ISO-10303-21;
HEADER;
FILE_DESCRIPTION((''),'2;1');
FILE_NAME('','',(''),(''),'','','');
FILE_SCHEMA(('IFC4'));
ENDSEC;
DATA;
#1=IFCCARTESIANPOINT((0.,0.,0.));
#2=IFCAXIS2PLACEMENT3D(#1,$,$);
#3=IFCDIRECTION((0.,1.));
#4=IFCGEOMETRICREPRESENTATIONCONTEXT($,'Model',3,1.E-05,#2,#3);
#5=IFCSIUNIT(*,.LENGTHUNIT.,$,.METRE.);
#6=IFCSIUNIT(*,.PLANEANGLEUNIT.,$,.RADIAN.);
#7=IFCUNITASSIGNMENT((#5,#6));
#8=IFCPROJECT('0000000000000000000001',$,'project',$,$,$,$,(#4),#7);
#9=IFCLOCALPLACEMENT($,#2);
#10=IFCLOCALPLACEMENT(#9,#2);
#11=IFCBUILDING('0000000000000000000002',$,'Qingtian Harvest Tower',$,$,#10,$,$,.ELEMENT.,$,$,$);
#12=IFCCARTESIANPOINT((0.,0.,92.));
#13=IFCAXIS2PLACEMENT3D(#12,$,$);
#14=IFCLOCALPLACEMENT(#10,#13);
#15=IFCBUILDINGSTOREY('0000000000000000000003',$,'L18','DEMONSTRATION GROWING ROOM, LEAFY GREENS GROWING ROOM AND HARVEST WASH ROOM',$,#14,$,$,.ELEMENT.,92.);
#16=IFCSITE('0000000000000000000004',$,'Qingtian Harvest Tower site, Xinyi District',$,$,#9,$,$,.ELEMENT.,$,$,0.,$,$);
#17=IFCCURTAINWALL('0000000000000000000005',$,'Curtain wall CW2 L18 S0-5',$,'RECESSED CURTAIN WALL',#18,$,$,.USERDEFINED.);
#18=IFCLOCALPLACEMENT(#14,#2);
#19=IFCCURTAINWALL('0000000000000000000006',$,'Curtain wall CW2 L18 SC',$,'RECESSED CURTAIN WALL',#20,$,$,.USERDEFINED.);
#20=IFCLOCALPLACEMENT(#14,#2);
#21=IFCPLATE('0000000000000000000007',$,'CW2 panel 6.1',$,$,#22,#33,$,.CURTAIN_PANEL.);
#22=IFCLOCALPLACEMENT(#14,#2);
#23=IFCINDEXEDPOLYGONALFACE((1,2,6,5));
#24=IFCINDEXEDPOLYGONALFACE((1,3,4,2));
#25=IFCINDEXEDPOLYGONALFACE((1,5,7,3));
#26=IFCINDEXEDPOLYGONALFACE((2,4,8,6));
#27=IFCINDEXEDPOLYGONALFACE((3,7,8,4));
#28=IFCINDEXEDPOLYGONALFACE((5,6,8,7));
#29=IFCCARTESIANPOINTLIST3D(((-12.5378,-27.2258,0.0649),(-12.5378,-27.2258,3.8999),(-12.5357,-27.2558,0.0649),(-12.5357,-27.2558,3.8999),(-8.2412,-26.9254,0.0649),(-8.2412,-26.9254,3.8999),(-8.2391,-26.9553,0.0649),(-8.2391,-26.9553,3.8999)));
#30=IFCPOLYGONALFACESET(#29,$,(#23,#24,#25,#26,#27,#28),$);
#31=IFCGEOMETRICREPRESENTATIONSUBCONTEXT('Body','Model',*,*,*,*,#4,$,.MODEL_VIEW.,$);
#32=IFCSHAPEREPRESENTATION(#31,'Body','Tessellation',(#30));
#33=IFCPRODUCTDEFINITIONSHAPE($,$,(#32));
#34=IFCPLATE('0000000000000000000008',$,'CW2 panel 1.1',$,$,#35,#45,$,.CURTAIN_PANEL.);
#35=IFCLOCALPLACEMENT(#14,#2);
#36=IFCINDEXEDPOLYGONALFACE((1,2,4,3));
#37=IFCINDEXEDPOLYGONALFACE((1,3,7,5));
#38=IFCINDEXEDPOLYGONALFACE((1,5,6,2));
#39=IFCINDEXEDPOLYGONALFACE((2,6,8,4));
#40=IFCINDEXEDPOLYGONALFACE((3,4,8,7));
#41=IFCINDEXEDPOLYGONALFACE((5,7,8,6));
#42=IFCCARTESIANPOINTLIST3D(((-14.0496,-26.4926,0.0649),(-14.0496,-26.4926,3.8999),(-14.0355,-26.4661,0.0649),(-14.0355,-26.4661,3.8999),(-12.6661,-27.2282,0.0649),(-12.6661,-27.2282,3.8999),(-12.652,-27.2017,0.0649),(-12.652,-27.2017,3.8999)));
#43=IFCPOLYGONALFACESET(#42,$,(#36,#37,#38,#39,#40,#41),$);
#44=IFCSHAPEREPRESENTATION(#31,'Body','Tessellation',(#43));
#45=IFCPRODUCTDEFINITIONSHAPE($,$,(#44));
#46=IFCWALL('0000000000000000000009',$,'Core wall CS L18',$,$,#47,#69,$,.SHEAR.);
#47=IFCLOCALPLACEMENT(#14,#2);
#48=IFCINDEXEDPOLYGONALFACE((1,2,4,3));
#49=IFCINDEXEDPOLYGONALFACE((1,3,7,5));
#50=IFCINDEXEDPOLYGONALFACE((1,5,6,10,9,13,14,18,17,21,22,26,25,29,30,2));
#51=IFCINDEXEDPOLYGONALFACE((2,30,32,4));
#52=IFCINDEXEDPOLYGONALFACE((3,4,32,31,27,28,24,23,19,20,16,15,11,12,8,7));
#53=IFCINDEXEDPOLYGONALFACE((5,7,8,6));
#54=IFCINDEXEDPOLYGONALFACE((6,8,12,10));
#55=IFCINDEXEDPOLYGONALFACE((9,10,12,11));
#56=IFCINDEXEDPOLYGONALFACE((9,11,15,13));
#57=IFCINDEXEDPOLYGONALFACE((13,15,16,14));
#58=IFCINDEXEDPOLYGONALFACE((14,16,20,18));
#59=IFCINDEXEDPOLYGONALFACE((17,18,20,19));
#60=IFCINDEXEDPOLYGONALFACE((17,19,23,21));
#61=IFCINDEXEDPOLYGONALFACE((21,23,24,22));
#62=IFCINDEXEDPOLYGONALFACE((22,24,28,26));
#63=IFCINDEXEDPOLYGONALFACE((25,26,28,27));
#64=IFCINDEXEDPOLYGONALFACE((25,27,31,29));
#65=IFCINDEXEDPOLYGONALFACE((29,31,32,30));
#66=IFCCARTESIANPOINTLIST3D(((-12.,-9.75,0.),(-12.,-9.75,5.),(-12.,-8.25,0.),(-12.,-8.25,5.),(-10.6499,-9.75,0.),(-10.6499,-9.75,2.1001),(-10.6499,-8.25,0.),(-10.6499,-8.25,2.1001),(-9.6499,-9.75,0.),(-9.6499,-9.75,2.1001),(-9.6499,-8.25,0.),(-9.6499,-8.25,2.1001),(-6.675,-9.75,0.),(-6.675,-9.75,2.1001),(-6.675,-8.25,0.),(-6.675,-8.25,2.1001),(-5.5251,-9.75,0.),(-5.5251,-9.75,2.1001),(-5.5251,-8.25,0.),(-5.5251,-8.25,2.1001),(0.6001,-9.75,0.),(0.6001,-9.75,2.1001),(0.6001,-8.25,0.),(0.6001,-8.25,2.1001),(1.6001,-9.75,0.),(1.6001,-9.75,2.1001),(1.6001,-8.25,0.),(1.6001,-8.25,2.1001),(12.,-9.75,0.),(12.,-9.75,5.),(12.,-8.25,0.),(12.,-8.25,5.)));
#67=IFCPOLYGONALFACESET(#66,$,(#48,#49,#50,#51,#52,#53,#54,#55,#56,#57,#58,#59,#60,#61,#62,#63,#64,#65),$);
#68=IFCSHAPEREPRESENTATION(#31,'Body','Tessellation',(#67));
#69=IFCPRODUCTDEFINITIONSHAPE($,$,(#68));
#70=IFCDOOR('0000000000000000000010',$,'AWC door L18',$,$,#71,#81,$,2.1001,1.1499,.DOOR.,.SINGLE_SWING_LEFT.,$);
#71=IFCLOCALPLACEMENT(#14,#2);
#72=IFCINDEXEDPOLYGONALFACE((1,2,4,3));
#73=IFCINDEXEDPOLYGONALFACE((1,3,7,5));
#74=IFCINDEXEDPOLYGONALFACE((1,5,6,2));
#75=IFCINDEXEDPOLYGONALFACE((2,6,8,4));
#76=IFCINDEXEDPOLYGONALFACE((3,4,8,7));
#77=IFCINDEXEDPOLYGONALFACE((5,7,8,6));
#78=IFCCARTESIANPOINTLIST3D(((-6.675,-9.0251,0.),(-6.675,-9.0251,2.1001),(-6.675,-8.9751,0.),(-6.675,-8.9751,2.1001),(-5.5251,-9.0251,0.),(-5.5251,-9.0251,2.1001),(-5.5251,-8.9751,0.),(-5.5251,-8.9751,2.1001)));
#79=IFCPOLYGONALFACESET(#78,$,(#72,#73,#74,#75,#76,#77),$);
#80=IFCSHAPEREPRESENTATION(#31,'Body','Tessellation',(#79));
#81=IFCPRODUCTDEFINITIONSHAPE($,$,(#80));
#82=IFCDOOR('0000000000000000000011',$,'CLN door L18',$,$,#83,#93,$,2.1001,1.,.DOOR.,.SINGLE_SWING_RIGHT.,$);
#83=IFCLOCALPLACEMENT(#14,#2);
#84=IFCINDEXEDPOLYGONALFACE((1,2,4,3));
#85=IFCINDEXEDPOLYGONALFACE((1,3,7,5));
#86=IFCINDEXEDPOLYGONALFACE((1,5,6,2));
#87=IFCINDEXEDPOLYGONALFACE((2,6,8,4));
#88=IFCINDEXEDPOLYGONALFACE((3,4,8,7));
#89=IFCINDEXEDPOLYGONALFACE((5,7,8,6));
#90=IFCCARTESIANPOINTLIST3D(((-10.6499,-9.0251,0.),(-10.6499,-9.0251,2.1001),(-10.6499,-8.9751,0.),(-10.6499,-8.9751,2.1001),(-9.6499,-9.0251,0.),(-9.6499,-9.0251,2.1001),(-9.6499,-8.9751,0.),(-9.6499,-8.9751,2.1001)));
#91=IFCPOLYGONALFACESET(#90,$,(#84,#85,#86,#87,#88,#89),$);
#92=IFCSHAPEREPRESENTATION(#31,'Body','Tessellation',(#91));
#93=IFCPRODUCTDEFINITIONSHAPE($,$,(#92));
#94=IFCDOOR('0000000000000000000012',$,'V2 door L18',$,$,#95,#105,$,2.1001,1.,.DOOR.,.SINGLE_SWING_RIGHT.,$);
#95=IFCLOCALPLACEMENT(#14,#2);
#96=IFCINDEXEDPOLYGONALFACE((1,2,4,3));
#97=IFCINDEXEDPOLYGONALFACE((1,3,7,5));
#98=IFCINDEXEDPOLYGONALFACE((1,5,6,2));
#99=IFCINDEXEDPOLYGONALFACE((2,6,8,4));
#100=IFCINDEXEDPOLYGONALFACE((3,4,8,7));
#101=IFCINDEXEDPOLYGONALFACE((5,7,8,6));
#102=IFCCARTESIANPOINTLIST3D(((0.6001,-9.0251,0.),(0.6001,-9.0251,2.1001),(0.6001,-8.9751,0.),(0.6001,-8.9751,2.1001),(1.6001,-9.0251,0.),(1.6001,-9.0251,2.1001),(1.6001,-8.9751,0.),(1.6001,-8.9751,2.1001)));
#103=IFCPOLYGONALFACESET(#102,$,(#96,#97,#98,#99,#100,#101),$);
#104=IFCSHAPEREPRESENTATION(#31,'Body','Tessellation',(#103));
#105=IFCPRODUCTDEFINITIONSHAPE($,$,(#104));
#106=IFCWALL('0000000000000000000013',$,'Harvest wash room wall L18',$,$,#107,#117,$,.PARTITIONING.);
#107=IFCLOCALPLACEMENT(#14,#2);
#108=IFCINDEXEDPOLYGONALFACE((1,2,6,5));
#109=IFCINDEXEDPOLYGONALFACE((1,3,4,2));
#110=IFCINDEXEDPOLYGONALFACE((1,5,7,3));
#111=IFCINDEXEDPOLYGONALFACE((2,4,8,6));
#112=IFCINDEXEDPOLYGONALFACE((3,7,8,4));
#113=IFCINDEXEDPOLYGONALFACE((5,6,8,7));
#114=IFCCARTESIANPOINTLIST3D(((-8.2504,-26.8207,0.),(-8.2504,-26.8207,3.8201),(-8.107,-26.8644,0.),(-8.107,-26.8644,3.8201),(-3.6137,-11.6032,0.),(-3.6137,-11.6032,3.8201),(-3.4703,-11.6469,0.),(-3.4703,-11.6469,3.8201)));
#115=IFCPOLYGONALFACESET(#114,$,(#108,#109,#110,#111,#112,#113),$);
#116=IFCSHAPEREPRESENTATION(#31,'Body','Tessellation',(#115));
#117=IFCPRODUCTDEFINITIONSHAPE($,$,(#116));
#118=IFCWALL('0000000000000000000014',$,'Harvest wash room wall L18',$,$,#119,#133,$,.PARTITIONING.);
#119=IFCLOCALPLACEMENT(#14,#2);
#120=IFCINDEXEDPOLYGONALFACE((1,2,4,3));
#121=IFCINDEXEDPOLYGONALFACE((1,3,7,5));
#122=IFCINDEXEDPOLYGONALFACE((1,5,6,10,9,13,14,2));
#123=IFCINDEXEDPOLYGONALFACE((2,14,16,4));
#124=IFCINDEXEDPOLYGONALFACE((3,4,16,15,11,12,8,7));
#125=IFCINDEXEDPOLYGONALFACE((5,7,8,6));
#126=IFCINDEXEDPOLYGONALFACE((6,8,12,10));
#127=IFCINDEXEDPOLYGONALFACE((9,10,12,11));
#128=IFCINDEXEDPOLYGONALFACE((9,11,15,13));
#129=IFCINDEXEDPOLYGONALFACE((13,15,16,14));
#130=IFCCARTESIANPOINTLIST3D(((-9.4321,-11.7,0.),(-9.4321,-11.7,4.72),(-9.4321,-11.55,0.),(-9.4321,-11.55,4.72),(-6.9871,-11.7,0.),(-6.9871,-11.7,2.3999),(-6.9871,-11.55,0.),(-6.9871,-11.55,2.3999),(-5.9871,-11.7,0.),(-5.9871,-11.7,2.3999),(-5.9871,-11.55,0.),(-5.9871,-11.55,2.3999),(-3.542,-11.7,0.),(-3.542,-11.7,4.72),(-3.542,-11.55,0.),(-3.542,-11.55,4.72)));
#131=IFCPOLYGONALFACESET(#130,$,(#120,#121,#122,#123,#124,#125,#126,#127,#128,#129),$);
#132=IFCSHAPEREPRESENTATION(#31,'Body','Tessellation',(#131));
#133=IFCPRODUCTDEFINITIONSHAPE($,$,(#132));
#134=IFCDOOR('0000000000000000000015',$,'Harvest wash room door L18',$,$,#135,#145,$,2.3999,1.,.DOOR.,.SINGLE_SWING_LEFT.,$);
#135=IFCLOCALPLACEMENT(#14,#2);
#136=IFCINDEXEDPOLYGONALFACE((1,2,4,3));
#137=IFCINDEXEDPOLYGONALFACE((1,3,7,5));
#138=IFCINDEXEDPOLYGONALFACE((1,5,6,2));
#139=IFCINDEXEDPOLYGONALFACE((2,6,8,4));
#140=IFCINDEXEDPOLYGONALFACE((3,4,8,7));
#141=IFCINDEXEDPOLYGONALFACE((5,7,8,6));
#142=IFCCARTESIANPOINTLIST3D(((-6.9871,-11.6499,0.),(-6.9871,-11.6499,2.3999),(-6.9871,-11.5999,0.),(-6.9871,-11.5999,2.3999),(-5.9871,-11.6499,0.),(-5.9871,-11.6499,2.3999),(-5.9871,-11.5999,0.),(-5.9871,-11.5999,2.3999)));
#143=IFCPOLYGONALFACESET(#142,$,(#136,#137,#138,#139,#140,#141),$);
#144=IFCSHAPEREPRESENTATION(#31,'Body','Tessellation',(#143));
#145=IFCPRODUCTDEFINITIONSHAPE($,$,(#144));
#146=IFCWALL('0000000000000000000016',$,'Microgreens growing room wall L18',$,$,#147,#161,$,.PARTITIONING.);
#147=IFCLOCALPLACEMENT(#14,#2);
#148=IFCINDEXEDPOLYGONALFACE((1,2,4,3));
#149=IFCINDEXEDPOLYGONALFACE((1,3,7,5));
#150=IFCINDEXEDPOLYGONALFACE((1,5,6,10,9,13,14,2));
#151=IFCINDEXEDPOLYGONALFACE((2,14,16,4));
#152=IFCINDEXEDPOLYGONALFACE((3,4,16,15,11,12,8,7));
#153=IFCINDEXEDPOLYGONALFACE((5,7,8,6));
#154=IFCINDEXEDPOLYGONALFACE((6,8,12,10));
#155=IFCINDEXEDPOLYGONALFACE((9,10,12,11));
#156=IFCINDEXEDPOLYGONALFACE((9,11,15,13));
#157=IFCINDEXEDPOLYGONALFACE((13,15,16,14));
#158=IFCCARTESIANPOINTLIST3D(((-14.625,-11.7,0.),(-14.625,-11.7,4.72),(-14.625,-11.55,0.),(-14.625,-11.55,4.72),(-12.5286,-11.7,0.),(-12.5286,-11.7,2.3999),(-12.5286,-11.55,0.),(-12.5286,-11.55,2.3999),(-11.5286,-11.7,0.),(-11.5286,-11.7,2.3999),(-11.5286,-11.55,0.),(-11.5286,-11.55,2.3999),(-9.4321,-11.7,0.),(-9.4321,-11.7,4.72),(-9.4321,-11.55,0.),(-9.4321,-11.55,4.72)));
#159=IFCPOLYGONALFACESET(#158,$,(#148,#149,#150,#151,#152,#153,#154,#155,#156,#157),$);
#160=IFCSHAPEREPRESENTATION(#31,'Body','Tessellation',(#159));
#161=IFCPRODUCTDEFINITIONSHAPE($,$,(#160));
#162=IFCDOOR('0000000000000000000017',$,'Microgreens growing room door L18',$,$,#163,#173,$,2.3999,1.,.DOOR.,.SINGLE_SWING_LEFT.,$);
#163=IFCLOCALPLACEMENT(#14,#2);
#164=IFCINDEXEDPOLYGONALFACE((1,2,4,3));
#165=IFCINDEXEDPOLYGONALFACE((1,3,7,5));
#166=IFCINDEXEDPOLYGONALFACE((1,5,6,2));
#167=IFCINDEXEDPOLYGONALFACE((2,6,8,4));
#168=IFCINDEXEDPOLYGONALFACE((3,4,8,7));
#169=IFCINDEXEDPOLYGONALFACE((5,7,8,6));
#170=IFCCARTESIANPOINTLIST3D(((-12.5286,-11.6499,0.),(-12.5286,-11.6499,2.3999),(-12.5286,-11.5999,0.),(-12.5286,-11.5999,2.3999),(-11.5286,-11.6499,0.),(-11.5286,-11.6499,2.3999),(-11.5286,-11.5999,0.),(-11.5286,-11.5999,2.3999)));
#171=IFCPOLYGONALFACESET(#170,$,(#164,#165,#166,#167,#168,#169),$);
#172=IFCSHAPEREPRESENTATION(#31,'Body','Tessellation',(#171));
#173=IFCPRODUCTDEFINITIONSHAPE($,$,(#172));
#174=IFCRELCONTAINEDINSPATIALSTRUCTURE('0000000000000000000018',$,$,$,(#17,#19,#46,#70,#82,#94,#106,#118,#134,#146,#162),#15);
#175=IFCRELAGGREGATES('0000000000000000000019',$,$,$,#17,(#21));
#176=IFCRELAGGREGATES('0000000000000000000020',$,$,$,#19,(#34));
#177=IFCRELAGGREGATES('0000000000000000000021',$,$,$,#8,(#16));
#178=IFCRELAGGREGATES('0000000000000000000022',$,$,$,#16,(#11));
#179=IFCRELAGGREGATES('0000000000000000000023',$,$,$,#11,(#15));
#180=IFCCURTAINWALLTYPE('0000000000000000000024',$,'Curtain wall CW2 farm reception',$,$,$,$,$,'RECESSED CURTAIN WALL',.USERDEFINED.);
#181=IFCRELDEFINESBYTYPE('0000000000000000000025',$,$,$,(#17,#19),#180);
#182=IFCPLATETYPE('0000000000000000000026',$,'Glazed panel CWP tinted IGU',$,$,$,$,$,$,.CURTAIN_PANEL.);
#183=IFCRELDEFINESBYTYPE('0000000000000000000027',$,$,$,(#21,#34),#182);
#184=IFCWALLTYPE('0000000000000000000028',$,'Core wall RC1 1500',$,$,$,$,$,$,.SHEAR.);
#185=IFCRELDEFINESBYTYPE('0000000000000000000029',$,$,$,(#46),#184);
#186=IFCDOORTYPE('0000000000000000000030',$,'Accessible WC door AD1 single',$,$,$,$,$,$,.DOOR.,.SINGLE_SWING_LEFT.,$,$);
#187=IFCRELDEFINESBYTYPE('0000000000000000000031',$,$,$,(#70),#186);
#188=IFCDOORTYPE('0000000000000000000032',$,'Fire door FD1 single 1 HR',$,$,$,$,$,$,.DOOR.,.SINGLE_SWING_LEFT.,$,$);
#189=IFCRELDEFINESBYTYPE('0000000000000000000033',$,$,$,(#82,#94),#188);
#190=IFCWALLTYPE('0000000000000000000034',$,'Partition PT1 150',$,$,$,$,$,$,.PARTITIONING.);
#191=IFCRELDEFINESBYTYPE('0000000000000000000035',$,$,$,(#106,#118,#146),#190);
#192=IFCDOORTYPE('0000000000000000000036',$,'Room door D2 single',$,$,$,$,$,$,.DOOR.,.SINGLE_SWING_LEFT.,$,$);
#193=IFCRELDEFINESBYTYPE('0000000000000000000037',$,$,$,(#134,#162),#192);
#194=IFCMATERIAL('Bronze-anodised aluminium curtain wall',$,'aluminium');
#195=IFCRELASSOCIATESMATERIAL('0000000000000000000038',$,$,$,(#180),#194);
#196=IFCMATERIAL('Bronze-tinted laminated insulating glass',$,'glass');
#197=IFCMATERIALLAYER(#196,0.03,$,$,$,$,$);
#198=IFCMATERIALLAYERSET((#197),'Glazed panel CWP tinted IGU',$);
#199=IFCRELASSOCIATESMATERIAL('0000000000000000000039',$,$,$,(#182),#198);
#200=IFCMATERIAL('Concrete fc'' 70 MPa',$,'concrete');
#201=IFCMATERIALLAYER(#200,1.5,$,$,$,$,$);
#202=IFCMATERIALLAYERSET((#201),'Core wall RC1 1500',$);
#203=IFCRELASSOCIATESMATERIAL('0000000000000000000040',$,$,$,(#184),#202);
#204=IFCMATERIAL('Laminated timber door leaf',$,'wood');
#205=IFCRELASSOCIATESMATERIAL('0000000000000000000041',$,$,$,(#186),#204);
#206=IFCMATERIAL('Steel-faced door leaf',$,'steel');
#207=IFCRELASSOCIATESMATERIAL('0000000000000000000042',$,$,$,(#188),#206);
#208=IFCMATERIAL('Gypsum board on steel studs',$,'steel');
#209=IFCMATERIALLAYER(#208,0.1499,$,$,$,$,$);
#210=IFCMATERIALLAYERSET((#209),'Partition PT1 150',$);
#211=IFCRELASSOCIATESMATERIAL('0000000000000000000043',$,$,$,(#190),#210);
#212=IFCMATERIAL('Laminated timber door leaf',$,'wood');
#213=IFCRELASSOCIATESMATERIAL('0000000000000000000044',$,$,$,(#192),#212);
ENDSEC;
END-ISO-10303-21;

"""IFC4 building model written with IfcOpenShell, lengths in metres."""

from ifc_helpers import new_model, si_unit, direction, frame, frame_2d, origin, origin_2d, place, context, subcontext, project, spatial, rectangle, extrude, material, layer, layer_set, type_object, element, fill, aggregate, save


model = new_model("IFC4")

# Units and contexts
model_context = context("Model", 3, precision=1e-05, world=origin(), true_north=direction((0.0, 1.0)))
body_context = subcontext(model_context, "Body", "Model", "MODEL_VIEW")
ifc_project = project(units=[si_unit("LENGTHUNIT", "METRE"), si_unit("PLANEANGLEUNIT", "RADIAN")], contexts=[model_context])

# Site, building, storey
site_placement = place(None, origin())
site = spatial("IfcSite", under=ifc_project, at=site_placement, Name="Qingtian Harvest Tower site, Xinyi District", CompositionType="ELEMENT", RefElevation=0.0)
building_placement = place(site_placement, origin())
building = spatial("IfcBuilding", under=site, at=building_placement, Name="Qingtian Harvest Tower", CompositionType="ELEMENT")
storey_placement = place(building_placement, frame((0.0, 0.0, 92.0)))
storey = spatial("IfcBuildingStorey", under=building, at=storey_placement, Name="L18", Description="DEMONSTRATION GROWING ROOM, LEAFY GREENS GROWING ROOM AND HARVEST WASH ROOM", CompositionType="ELEMENT", Elevation=92.0)

# Curtain walls
ifc_material_1 = material(Name="Bronze-anodised aluminium curtain wall", Category="aluminium")
curtain_wall_type = type_object("IfcCurtainWallType", Name="Curtain wall CW2 farm reception", ElementType="RECESSED CURTAIN WALL", PredefinedType="USERDEFINED", material=ifc_material_1)
curtain_wall_1_placement = place(storey_placement, origin())
curtain_wall_1 = element("IfcCurtainWall", 1, at=curtain_wall_1_placement, inside=storey, type_object=curtain_wall_type, Name="Curtain wall CW2 L18 S0-5", ObjectType="RECESSED CURTAIN WALL", PredefinedType="USERDEFINED")
curtain_wall_2_placement = place(storey_placement, origin())
curtain_wall_2 = element("IfcCurtainWall", 2, at=curtain_wall_2_placement, inside=storey, type_object=curtain_wall_type, Name="Curtain wall CW2 L18 SC", ObjectType="RECESSED CURTAIN WALL", PredefinedType="USERDEFINED")

# Plates
ifc_material_2 = material(Name="Bronze-tinted laminated insulating glass", Category="glass")
ifc_layer_1 = layer(ifc_material_2, 0.03)
ifc_layer_set_1 = layer_set([ifc_layer_1], Name="Glazed panel CWP tinted IGU")
plate_type = type_object("IfcPlateType", Name="Glazed panel CWP tinted IGU", PredefinedType="CURTAIN_PANEL", material=ifc_layer_set_1)
plate_1_placement = place(storey_placement, frame((-10.3884, -27.0906, 0.0649), z_axis=(0.0, 0.0, 1.0), x_axis=(-0.997564, -0.069756, 0.0)))
plate_1 = element("IfcPlate", 3, at=plate_1_placement, type_object=plate_type, Name="CW2 panel 6.1", PredefinedType="CURTAIN_PANEL", context=body_context, shape_type="SweptSolid", body=[
    extrude(rectangle(XDim=4.3071, YDim=0.03, at=origin_2d()), origin(), (0.0, 0.0, 1.0), 3.835),
])
aggregate(curtain_wall_1, [plate_1])
plate_2_placement = place(storey_placement, frame((-13.3508, -26.8472, 0.0649), z_axis=(0.0, 0.0, 1.0), x_axis=(-0.882948, 0.469472, 0.0)))
plate_2 = element("IfcPlate", 4, at=plate_2_placement, type_object=plate_type, Name="CW2 panel 1.1", PredefinedType="CURTAIN_PANEL", context=body_context, shape_type="SweptSolid", body=[
    extrude(rectangle(XDim=1.5669, YDim=0.03, at=origin_2d()), origin(), (0.0, 0.0, 1.0), 3.835),
])
aggregate(curtain_wall_2, [plate_2])

# Wall, openings, doors
ifc_material_3 = material(Name="Concrete fc' 70 MPa", Category="concrete")
ifc_layer_2 = layer(ifc_material_3, 1.5)
ifc_layer_set_2 = layer_set([ifc_layer_2], Name="Core wall RC1 1500")
wall_type_1 = type_object("IfcWallType", Name="Core wall RC1 1500", PredefinedType="SHEAR", material=ifc_layer_set_2)
wall_1_placement = place(storey_placement, frame((-12.0, -9.0, 0.0), z_axis=(0.0, 0.0, 1.0), x_axis=(1.0, 0.0, 0.0)))
wall_1 = element("IfcWall", 5, at=wall_1_placement, inside=storey, type_object=wall_type_1, Name="Core wall CS L18", PredefinedType="SHEAR", context=body_context, shape_type="SweptSolid", body=[
    extrude(rectangle(XDim=24.0, YDim=1.5, at=frame_2d((12.0, 0.0))), origin(), (0.0, 0.0, 1.0), 5.0),
])
opening_1_placement = place(wall_1_placement, frame((1.3501, 0.0, 0.0)))
opening_1 = element("IfcOpeningElement", 6, at=opening_1_placement, cuts=wall_1, PredefinedType="OPENING", context=body_context, shape_type="SweptSolid", body=[
    extrude(rectangle(XDim=1.0, YDim=2.1001, at=frame_2d((0.5, 1.05))), frame((0.0, 0.76, 0.0), z_axis=(0.0, -1.0, 0.0), x_axis=(1.0, 0.0, 0.0)), (0.0, 0.0, 1.0), 1.52),
])
opening_2_placement = place(wall_1_placement, frame((5.325, 0.0, 0.0)))
opening_2 = element("IfcOpeningElement", 7, at=opening_2_placement, cuts=wall_1, PredefinedType="OPENING", context=body_context, shape_type="SweptSolid", body=[
    extrude(rectangle(XDim=1.1499, YDim=2.1001, at=frame_2d((0.575, 1.05))), frame((0.0, 0.76, 0.0), z_axis=(0.0, -1.0, 0.0), x_axis=(1.0, 0.0, 0.0)), (0.0, 0.0, 1.0), 1.52),
])
opening_3_placement = place(wall_1_placement, frame((12.6001, 0.0, 0.0)))
opening_3 = element("IfcOpeningElement", 8, at=opening_3_placement, cuts=wall_1, PredefinedType="OPENING", context=body_context, shape_type="SweptSolid", body=[
    extrude(rectangle(XDim=1.0, YDim=2.1001, at=frame_2d((0.5, 1.05))), frame((0.0, 0.76, 0.0), z_axis=(0.0, -1.0, 0.0), x_axis=(1.0, 0.0, 0.0)), (0.0, 0.0, 1.0), 1.52),
])
ifc_material_4 = material(Name="Laminated timber door leaf", Category="wood")
door_type_1 = type_object("IfcDoorType", Name="Accessible WC door AD1 single", OperationType="SINGLE_SWING_LEFT", PredefinedType="DOOR", material=ifc_material_4)
door_1_placement = place(opening_2_placement, origin())
door_1 = element("IfcDoor", 9, at=door_1_placement, inside=storey, type_object=door_type_1, Name="AWC door L18", OperationType="SINGLE_SWING_LEFT", OverallHeight=2.1001, OverallWidth=1.1499, PredefinedType="DOOR", context=body_context, shape_type="SweptSolid", body=[
    extrude(rectangle(XDim=1.1499, YDim=2.1001, at=frame_2d((0.575, 1.05))), frame((0.0, 0.0249, 0.0), z_axis=(0.0, -1.0, 0.0), x_axis=(1.0, 0.0, 0.0)), (0.0, 0.0, 1.0), 0.05),
])
fill(opening_2, door_1)
ifc_material_5 = material(Name="Steel-faced door leaf", Category="steel")
door_type_2 = type_object("IfcDoorType", Name="Fire door FD1 single 1 HR", OperationType="SINGLE_SWING_LEFT", PredefinedType="DOOR", material=ifc_material_5)
door_2_placement = place(opening_1_placement, origin())
door_2 = element("IfcDoor", 10, at=door_2_placement, inside=storey, type_object=door_type_2, Name="CLN door L18", OperationType="SINGLE_SWING_RIGHT", OverallHeight=2.1001, OverallWidth=1.0, PredefinedType="DOOR", context=body_context, shape_type="SweptSolid", body=[
    extrude(rectangle(XDim=1.0, YDim=2.1001, at=frame_2d((0.5, 1.05))), frame((0.0, 0.0249, 0.0), z_axis=(0.0, -1.0, 0.0), x_axis=(1.0, 0.0, 0.0)), (0.0, 0.0, 1.0), 0.05),
])
fill(opening_1, door_2)
door_3_placement = place(opening_3_placement, origin())
door_3 = element("IfcDoor", 11, at=door_3_placement, inside=storey, type_object=door_type_2, Name="V2 door L18", OperationType="SINGLE_SWING_RIGHT", OverallHeight=2.1001, OverallWidth=1.0, PredefinedType="DOOR", context=body_context, shape_type="SweptSolid", body=[
    extrude(rectangle(XDim=1.0, YDim=2.1001, at=frame_2d((0.5, 1.05))), frame((0.0, 0.0249, 0.0), z_axis=(0.0, -1.0, 0.0), x_axis=(1.0, 0.0, 0.0)), (0.0, 0.0, 1.0), 0.05),
])
fill(opening_3, door_3)

# Wall
ifc_material_6 = material(Name="Gypsum board on steel studs", Category="steel")
ifc_layer_3 = layer(ifc_material_6, 0.1499)
ifc_layer_set_3 = layer_set([ifc_layer_3], Name="Partition PT1 150")
wall_type_2 = type_object("IfcWallType", Name="Partition PT1 150", PredefinedType="PARTITIONING", material=ifc_layer_set_3)
wall_2_placement = place(storey_placement, frame((-8.1787, -26.8425, 0.0), z_axis=(0.0, 0.0, 1.0), x_axis=(0.291466, 0.956581, 0.0)))
element("IfcWall", 12, at=wall_2_placement, inside=storey, type_object=wall_type_2, Name="Harvest wash room wall L18", PredefinedType="PARTITIONING", context=body_context, shape_type="SweptSolid", body=[
    extrude(rectangle(XDim=15.9082, YDim=0.1499, at=frame_2d((7.9541, 0.0))), origin(), (0.0, 0.0, 1.0), 3.8201),
])

# Walls, openings, doors
wall_3_placement = place(storey_placement, frame((-3.542, -11.625, 0.0), z_axis=(0.0, 0.0, 1.0), x_axis=(-1.0, 0.0, 0.0)))
wall_3 = element("IfcWall", 13, at=wall_3_placement, inside=storey, type_object=wall_type_2, Name="Harvest wash room wall L18", PredefinedType="PARTITIONING", context=body_context, shape_type="SweptSolid", body=[
    extrude(rectangle(XDim=5.8901, YDim=0.1499, at=frame_2d((2.9451, 0.0))), origin(), (0.0, 0.0, 1.0), 4.72),
])
opening_4_placement = place(wall_3_placement, frame((2.4451, 0.0, 0.0)))
opening_4 = element("IfcOpeningElement", 14, at=opening_4_placement, cuts=wall_3, PredefinedType="OPENING", context=body_context, shape_type="SweptSolid", body=[
    extrude(rectangle(XDim=1.0, YDim=2.3999, at=frame_2d((0.5, 1.2))), frame((0.0, 0.085, 0.0), z_axis=(0.0, -1.0, 0.0), x_axis=(1.0, 0.0, 0.0)), (0.0, 0.0, 1.0), 0.1699),
])
ifc_material_7 = material(Name="Laminated timber door leaf", Category="wood")
door_type_3 = type_object("IfcDoorType", Name="Room door D2 single", OperationType="SINGLE_SWING_LEFT", PredefinedType="DOOR", material=ifc_material_7)
door_4_placement = place(opening_4_placement, origin())
door_4 = element("IfcDoor", 15, at=door_4_placement, inside=storey, type_object=door_type_3, Name="Harvest wash room door L18", OperationType="SINGLE_SWING_LEFT", OverallHeight=2.3999, OverallWidth=1.0, PredefinedType="DOOR", context=body_context, shape_type="SweptSolid", body=[
    extrude(rectangle(XDim=1.0, YDim=2.3999, at=frame_2d((0.5, 1.2))), frame((0.0, 0.0249, 0.0), z_axis=(0.0, -1.0, 0.0), x_axis=(1.0, 0.0, 0.0)), (0.0, 0.0, 1.0), 0.05),
])
fill(opening_4, door_4)
wall_4_placement = place(storey_placement, frame((-9.4321, -11.625, 0.0), z_axis=(0.0, 0.0, 1.0), x_axis=(-1.0, 0.0, 0.0)))
wall_4 = element("IfcWall", 16, at=wall_4_placement, inside=storey, type_object=wall_type_2, Name="Microgreens growing room wall L18", PredefinedType="PARTITIONING", context=body_context, shape_type="SweptSolid", body=[
    extrude(rectangle(XDim=5.1929, YDim=0.1499, at=frame_2d((2.5964, 0.0))), origin(), (0.0, 0.0, 1.0), 4.72),
])
opening_5_placement = place(wall_4_placement, frame((2.0964, 0.0, 0.0)))
opening_5 = element("IfcOpeningElement", 17, at=opening_5_placement, cuts=wall_4, PredefinedType="OPENING", context=body_context, shape_type="SweptSolid", body=[
    extrude(rectangle(XDim=1.0, YDim=2.3999, at=frame_2d((0.5, 1.2))), frame((0.0, 0.085, 0.0), z_axis=(0.0, -1.0, 0.0), x_axis=(1.0, 0.0, 0.0)), (0.0, 0.0, 1.0), 0.1699),
])
door_5_placement = place(opening_5_placement, origin())
door_5 = element("IfcDoor", 18, at=door_5_placement, inside=storey, type_object=door_type_3, Name="Microgreens growing room door L18", OperationType="SINGLE_SWING_LEFT", OverallHeight=2.3999, OverallWidth=1.0, PredefinedType="DOOR", context=body_context, shape_type="SweptSolid", body=[
    extrude(rectangle(XDim=1.0, YDim=2.3999, at=frame_2d((0.5, 1.2))), frame((0.0, 0.0249, 0.0), z_axis=(0.0, -1.0, 0.0), x_axis=(1.0, 0.0, 0.0)), (0.0, 0.0, 1.0), 0.05),
])
fill(opening_5, door_5)

save(model, "model.ifc")
